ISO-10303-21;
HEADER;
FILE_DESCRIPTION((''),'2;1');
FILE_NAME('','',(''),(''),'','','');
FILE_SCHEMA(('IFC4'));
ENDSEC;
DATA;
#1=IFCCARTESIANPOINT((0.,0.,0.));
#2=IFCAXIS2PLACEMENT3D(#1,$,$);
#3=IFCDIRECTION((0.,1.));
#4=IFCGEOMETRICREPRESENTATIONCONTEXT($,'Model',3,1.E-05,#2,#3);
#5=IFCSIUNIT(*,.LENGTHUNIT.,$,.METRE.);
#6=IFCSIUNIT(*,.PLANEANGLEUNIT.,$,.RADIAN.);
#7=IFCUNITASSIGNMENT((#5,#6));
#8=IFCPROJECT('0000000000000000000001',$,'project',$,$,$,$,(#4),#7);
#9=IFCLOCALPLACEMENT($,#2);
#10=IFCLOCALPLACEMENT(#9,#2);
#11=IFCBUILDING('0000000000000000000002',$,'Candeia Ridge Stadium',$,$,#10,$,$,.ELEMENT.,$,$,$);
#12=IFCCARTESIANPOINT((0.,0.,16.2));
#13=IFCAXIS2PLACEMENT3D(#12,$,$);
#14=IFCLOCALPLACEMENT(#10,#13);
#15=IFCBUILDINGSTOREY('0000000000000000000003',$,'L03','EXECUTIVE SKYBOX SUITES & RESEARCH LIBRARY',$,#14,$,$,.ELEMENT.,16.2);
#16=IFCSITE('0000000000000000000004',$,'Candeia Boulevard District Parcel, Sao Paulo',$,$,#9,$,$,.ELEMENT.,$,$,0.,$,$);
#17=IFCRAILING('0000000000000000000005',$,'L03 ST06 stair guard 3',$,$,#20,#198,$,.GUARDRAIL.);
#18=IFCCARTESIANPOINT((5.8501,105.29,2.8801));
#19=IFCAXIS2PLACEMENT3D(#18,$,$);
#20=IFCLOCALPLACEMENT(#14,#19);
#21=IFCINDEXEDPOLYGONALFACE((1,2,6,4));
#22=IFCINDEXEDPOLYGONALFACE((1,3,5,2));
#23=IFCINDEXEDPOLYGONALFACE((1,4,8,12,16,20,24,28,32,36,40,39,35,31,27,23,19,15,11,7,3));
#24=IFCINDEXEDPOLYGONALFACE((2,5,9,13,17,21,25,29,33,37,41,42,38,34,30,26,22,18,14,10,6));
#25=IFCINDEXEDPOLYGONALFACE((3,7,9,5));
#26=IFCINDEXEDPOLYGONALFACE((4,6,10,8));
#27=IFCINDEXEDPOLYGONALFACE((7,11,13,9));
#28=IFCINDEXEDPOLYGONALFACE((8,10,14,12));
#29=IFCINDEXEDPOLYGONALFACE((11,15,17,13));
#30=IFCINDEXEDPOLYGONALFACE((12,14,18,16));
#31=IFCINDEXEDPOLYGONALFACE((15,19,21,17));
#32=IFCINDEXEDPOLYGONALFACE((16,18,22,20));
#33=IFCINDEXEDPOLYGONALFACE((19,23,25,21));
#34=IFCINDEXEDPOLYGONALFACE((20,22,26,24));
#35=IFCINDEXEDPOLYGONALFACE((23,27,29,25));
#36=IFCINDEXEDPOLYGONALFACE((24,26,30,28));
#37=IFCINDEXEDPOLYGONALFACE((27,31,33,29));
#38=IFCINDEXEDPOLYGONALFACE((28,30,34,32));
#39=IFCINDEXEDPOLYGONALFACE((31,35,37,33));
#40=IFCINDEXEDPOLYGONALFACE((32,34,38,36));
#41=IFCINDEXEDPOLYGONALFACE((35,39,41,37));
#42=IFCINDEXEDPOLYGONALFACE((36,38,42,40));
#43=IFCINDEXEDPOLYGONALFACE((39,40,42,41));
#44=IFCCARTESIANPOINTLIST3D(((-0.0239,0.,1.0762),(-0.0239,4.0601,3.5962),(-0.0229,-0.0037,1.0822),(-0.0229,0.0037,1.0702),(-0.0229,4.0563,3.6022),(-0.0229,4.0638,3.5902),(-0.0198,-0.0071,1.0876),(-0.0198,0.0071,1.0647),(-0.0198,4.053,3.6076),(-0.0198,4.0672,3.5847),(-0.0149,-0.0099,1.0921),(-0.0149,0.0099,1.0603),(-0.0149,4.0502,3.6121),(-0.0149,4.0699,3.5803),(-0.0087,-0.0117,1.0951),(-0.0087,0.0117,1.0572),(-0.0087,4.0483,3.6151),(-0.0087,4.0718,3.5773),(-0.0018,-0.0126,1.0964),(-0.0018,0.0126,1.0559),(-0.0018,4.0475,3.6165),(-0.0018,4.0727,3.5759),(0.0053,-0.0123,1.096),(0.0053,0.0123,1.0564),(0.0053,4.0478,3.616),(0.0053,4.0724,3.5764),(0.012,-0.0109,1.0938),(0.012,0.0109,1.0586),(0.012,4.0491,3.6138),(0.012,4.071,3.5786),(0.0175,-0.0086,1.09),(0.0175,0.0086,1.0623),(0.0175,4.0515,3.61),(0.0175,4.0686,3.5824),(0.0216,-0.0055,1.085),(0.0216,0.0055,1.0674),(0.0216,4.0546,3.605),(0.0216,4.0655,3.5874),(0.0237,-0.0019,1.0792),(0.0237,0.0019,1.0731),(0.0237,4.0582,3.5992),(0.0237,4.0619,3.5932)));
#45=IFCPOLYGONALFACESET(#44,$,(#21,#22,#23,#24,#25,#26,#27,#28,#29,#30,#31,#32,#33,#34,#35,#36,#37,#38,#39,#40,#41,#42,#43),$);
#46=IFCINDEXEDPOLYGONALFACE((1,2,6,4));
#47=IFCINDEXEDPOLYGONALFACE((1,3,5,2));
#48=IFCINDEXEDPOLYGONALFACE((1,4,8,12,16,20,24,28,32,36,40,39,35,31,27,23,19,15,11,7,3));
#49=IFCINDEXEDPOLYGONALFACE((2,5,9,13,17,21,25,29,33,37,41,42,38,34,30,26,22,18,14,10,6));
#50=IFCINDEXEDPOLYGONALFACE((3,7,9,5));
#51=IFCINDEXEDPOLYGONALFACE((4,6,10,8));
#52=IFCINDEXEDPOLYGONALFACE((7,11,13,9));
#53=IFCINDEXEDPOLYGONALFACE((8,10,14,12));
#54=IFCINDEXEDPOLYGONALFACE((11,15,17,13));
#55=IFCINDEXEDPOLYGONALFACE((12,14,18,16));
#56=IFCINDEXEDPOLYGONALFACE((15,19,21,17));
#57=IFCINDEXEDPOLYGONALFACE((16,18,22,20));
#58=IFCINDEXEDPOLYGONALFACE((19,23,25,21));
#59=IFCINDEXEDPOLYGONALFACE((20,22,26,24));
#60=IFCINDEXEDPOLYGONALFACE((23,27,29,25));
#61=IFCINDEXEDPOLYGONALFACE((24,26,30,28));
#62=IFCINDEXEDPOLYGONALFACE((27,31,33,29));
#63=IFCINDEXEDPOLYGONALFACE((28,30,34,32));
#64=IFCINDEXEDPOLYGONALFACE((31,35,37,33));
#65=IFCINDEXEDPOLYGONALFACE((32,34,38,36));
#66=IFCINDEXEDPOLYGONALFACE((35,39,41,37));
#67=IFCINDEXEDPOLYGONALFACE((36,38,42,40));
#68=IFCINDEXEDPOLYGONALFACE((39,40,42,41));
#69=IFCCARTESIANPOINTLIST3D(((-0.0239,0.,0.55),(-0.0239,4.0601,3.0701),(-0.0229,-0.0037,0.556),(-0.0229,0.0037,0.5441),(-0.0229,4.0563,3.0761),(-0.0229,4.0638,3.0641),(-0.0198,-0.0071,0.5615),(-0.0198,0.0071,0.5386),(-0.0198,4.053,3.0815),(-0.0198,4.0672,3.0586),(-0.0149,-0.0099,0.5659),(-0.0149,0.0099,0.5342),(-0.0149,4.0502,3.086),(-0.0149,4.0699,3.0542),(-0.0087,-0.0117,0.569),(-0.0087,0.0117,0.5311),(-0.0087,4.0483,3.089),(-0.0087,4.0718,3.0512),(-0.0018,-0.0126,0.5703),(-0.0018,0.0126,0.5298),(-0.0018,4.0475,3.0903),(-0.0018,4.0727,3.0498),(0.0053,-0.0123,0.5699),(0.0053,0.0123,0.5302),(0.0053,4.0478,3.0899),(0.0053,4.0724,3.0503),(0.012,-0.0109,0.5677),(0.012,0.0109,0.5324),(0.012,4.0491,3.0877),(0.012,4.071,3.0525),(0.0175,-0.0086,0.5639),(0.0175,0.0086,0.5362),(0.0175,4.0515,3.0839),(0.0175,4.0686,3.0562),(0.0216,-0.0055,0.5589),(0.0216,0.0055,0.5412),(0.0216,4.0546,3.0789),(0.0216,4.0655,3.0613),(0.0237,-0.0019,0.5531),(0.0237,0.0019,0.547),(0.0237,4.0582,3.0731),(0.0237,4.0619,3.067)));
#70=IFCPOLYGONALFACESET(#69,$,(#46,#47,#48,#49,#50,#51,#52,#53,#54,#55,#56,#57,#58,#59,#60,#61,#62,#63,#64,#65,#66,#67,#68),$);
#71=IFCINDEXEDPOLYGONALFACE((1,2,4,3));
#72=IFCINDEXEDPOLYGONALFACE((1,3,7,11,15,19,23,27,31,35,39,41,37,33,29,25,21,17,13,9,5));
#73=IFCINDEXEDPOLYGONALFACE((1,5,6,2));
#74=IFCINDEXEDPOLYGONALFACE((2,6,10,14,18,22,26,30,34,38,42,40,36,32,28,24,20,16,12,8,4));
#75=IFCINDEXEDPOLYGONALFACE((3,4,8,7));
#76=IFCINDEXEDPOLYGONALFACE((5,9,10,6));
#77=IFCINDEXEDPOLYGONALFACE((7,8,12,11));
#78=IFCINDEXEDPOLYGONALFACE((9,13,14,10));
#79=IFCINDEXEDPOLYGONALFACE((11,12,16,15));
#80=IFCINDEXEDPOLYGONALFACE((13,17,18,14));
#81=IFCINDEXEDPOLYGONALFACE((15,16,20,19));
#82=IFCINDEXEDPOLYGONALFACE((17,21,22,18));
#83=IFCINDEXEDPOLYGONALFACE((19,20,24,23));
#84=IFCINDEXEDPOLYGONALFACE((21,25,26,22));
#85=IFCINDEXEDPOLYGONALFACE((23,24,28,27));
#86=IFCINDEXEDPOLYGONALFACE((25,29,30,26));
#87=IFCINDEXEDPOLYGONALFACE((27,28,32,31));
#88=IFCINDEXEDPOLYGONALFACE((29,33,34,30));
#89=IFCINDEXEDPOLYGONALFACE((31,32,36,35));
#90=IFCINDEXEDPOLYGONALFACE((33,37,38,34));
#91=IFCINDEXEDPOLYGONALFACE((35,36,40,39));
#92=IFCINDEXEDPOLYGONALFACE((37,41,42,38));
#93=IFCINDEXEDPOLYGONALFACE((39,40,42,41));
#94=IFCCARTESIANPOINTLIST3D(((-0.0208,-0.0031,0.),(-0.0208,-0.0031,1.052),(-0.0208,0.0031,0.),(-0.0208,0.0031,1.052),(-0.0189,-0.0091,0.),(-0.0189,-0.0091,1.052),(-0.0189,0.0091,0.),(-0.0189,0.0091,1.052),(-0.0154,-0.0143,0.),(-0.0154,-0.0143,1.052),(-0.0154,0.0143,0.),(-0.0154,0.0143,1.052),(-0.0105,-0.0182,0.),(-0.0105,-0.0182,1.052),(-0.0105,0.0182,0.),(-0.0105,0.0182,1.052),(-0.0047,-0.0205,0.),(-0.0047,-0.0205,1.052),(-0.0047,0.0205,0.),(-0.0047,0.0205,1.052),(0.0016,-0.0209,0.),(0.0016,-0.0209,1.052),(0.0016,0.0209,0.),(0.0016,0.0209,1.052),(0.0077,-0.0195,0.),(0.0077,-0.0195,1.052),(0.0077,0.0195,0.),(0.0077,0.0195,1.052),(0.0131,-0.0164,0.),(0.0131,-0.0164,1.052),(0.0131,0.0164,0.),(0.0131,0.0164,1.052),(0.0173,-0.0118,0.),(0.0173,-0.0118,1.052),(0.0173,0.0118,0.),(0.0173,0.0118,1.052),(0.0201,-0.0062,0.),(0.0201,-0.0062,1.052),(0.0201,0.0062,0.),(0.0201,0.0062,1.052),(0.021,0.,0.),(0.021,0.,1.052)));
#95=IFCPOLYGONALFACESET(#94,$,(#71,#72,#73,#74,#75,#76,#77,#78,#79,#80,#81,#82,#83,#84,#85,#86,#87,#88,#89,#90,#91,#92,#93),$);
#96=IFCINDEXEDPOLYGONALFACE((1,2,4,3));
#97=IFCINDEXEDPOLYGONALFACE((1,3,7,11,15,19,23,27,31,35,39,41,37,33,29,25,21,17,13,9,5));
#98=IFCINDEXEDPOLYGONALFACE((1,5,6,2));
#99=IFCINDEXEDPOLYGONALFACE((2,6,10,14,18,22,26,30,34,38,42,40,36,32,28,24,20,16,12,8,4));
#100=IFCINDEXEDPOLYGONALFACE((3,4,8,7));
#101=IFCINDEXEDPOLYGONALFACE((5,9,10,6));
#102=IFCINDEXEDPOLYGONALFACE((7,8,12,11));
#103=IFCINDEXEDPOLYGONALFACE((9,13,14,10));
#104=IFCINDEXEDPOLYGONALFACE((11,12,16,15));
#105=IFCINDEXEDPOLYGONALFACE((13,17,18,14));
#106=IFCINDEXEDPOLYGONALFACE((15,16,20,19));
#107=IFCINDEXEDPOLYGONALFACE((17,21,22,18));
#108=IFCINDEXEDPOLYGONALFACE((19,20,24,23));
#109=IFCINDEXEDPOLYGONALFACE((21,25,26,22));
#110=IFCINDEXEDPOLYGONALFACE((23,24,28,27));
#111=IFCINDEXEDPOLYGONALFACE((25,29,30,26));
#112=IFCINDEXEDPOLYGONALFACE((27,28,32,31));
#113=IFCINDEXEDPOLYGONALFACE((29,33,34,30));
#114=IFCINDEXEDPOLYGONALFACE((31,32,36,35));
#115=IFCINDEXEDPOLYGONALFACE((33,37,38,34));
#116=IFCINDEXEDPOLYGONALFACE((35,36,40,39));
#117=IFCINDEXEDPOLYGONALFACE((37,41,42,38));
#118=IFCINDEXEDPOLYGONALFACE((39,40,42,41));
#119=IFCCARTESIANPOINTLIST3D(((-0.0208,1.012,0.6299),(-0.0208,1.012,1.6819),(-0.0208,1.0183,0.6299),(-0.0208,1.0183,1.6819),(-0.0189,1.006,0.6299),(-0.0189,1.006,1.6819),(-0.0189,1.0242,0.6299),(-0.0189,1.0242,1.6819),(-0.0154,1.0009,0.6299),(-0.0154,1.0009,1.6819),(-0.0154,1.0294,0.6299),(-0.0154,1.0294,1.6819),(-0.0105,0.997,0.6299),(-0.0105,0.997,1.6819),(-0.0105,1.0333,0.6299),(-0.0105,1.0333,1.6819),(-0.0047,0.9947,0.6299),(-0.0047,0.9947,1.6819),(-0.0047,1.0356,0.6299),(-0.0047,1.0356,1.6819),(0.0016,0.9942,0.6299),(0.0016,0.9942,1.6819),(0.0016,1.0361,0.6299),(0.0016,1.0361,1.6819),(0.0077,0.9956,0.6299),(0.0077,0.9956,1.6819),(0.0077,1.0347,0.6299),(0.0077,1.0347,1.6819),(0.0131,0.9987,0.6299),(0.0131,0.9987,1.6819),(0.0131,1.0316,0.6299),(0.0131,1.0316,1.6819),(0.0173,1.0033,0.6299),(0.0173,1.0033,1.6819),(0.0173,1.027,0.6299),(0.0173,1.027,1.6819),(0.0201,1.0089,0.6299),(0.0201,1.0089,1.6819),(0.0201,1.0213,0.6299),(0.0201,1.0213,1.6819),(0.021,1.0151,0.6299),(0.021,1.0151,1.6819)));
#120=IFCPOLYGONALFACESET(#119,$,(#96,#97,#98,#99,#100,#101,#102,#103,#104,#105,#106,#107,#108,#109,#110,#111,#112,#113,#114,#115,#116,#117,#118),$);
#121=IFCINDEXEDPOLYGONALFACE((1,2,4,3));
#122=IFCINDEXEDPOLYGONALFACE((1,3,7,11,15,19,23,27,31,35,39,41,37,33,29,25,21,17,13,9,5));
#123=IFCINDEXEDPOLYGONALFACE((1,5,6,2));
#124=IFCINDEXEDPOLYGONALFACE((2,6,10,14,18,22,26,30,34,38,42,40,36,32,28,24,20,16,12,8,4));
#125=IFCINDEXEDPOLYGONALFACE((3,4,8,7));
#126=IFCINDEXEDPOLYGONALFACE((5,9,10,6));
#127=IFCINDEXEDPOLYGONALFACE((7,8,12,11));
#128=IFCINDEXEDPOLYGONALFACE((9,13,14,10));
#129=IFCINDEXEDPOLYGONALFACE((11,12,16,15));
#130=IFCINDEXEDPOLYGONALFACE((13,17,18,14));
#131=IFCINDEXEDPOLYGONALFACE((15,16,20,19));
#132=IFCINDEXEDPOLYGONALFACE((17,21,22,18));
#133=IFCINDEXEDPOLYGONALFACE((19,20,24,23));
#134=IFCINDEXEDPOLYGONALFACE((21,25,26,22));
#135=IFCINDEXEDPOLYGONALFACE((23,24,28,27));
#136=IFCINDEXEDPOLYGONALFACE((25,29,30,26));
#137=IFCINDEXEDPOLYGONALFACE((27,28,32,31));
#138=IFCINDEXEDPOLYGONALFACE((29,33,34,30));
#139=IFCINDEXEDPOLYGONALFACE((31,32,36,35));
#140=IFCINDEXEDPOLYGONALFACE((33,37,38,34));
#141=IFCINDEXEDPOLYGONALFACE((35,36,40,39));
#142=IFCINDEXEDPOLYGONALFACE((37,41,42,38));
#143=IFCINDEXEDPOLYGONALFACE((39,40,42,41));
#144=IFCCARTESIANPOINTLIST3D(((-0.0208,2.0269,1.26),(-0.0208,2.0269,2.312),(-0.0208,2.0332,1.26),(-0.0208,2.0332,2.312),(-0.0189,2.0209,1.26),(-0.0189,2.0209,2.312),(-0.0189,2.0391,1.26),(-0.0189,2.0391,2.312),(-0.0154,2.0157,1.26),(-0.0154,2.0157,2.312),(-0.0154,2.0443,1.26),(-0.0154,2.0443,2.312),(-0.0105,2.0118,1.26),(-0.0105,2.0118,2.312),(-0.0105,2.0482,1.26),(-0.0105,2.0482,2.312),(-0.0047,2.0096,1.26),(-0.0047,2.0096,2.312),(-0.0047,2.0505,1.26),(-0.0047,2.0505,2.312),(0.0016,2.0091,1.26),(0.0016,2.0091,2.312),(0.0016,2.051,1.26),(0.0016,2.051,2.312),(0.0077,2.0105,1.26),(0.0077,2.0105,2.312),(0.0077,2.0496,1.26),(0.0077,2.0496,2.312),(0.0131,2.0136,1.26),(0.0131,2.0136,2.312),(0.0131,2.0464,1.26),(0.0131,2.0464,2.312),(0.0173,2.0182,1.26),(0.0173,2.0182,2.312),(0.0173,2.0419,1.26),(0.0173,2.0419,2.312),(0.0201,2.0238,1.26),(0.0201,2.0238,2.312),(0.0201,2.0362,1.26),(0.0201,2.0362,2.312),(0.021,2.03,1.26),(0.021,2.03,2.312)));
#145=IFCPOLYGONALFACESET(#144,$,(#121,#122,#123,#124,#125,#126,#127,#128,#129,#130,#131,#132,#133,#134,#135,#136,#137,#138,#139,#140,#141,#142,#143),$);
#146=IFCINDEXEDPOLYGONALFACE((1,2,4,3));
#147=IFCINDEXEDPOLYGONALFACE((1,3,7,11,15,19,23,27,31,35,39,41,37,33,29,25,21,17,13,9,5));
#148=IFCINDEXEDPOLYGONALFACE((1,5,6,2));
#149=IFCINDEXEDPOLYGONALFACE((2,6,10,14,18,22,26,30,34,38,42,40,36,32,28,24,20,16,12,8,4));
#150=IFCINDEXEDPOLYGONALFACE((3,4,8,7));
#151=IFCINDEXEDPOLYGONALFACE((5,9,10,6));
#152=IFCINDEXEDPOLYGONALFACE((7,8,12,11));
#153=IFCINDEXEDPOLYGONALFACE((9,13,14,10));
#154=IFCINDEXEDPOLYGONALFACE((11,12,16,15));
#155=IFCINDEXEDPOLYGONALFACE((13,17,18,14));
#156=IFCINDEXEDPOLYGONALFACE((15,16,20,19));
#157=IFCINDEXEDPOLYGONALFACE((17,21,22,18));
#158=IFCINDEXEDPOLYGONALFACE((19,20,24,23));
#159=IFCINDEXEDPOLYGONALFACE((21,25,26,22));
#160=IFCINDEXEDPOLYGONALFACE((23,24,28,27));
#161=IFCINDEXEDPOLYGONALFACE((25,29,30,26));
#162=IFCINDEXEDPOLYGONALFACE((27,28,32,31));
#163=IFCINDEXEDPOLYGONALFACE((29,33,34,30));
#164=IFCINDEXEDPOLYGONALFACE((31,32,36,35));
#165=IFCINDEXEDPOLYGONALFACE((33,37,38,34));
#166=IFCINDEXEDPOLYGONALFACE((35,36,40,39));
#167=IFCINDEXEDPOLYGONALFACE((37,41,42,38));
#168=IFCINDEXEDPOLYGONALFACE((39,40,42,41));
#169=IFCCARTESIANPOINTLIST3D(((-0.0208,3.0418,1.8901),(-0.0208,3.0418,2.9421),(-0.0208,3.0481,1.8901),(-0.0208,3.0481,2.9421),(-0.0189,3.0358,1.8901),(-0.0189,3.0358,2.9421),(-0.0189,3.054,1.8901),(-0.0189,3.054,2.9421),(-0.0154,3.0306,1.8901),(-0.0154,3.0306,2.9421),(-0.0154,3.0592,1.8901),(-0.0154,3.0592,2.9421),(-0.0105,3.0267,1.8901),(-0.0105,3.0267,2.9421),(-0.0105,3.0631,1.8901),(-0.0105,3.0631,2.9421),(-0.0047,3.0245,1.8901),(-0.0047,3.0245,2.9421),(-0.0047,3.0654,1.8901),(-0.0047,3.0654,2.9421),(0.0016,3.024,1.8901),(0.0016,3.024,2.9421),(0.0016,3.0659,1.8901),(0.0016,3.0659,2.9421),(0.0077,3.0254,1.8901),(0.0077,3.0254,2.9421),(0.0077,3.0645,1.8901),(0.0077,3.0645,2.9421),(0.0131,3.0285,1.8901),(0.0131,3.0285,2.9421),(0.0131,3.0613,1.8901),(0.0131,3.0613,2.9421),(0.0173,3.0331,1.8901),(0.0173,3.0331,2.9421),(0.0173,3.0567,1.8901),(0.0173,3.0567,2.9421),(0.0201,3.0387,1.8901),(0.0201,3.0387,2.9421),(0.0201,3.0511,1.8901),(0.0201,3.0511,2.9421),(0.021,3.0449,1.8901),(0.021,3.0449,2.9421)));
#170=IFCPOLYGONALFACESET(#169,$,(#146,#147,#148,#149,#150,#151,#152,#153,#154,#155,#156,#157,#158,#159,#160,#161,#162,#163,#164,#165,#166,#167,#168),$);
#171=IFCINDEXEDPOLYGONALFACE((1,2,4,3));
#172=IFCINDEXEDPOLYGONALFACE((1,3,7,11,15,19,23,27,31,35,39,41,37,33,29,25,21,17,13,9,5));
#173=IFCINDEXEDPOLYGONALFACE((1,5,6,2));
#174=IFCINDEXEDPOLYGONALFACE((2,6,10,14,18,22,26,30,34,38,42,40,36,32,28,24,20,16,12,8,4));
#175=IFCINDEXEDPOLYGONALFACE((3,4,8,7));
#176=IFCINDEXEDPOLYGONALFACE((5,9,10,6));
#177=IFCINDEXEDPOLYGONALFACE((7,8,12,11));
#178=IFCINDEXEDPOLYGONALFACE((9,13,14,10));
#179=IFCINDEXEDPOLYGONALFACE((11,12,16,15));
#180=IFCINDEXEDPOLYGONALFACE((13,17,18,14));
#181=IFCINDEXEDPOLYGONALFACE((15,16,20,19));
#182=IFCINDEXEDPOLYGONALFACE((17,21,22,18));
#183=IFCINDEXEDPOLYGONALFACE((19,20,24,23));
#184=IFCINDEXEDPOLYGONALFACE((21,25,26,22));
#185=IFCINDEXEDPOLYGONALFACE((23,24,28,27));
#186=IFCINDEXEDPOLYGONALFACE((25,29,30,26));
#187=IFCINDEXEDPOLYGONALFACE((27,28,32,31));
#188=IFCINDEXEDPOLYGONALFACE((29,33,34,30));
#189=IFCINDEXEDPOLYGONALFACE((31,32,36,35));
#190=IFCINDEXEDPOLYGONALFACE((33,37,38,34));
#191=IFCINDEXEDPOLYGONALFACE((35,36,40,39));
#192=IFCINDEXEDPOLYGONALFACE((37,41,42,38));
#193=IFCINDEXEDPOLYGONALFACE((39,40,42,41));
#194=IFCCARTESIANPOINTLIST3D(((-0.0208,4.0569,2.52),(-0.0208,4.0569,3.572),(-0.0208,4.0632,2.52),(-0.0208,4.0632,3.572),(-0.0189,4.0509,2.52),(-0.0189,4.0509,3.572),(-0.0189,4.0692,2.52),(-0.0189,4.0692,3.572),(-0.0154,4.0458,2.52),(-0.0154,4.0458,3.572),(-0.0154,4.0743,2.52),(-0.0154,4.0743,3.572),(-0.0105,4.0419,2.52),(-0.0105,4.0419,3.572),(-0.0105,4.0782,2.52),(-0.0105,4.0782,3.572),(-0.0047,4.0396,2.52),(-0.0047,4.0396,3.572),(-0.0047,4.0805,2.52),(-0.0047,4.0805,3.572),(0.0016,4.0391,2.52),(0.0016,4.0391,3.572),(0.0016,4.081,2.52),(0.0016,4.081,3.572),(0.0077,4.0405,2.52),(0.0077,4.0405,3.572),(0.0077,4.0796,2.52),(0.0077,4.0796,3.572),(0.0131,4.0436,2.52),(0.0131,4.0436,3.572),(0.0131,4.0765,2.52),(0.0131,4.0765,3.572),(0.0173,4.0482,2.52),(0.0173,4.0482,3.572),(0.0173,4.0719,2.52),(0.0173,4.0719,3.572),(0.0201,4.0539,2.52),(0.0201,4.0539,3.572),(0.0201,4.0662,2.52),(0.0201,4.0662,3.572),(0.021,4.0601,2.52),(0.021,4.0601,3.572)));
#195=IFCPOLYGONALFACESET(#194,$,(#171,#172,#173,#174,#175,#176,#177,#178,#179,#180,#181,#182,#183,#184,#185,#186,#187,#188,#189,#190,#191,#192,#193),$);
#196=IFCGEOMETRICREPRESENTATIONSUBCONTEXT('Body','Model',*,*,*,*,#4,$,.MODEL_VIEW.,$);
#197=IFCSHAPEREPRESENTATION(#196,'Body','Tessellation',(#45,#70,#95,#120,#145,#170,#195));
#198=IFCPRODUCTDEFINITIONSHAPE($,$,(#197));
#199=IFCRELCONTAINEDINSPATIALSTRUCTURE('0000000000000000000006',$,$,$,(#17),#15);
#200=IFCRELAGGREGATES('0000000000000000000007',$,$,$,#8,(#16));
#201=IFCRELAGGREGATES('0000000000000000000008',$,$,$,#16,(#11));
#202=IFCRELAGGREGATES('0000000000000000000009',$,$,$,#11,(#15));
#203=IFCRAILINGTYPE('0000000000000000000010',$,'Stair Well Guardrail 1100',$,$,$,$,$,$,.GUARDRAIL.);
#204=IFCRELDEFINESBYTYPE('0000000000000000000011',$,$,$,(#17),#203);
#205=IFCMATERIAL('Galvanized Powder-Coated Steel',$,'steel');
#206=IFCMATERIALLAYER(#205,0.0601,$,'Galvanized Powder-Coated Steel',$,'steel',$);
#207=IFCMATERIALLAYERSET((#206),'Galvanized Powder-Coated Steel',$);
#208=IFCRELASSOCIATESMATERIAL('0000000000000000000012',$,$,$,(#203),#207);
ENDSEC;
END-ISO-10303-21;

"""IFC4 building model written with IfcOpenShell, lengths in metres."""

from ifc_helpers import new_model, si_unit, direction, frame, origin, origin_2d, place, context, subcontext, project, spatial, circle, extrude, material, layer, layer_set, type_object, element, save


model = new_model("IFC4")

# Units and contexts
model_context = context("Model", 3, precision=1e-05, world=origin(), true_north=direction((0.0, 1.0)))
body_context = subcontext(model_context, "Body", "Model", "MODEL_VIEW")
ifc_project = project(units=[si_unit("LENGTHUNIT", "METRE"), si_unit("PLANEANGLEUNIT", "RADIAN")], contexts=[model_context])

# Site, building, storey
site_placement = place(None, origin())
site = spatial("IfcSite", under=ifc_project, at=site_placement, Name="Candeia Boulevard District Parcel, Sao Paulo", CompositionType="ELEMENT", RefElevation=0.0)
building_placement = place(site_placement, origin())
building = spatial("IfcBuilding", under=site, at=building_placement, Name="Candeia Ridge Stadium", CompositionType="ELEMENT")
storey_placement = place(building_placement, frame((0.0, 0.0, 16.2)))
storey = spatial("IfcBuildingStorey", under=building, at=storey_placement, Name="L03", Description="EXECUTIVE SKYBOX SUITES & RESEARCH LIBRARY", CompositionType="ELEMENT", Elevation=16.2)

# Railing
ifc_material_1 = material(Name="Galvanized Powder-Coated Steel", Category="steel")
ifc_layer_1 = layer(ifc_material_1, 0.0601, Name="Galvanized Powder-Coated Steel", Category="steel")
ifc_layer_set_1 = layer_set([ifc_layer_1], Name="Galvanized Powder-Coated Steel")
railing_type_1 = type_object("IfcRailingType", Name="Stair Well Guardrail 1100", PredefinedType="GUARDRAIL", material=ifc_layer_set_1)
railing_1_placement = place(storey_placement, frame((5.8501, 105.29, 2.8801)))
element("IfcRailing", 1, at=railing_1_placement, inside=storey, type_object=railing_type_1, Name="L03 ST06 stair guard 3", PredefinedType="GUARDRAIL", context=body_context, shape_type="SweptSolid", body=[
    extrude(circle(Radius=0.0239, at=origin_2d()), frame((0.0, 0.0, 1.0762), z_axis=(0.0, 0.849642, 0.52736), x_axis=(-1.0, 0.0, 0.0)), (0.0, 0.0, 1.0), 4.7786),
    extrude(circle(Radius=0.0239, at=origin_2d()), frame((0.0, 0.0, 0.55), z_axis=(0.0, 0.849642, 0.52736), x_axis=(-1.0, 0.0, 0.0)), (0.0, 0.0, 1.0), 4.7786),
    extrude(circle(Radius=0.021, at=origin_2d()), origin(), (0.0, 0.0, 1.0), 1.052),
    extrude(circle(Radius=0.021, at=origin_2d()), frame((0.0, 1.0151, 0.6299)), (0.0, 0.0, 1.0), 1.052),
    extrude(circle(Radius=0.021, at=origin_2d()), frame((0.0, 2.03, 1.26)), (0.0, 0.0, 1.0), 1.052),
    extrude(circle(Radius=0.021, at=origin_2d()), frame((0.0, 3.0449, 1.8901)), (0.0, 0.0, 1.0), 1.052),
    extrude(circle(Radius=0.021, at=origin_2d()), frame((0.0, 4.0601, 2.52)), (0.0, 0.0, 1.0), 1.052),
])

save(model, "model.ifc")
